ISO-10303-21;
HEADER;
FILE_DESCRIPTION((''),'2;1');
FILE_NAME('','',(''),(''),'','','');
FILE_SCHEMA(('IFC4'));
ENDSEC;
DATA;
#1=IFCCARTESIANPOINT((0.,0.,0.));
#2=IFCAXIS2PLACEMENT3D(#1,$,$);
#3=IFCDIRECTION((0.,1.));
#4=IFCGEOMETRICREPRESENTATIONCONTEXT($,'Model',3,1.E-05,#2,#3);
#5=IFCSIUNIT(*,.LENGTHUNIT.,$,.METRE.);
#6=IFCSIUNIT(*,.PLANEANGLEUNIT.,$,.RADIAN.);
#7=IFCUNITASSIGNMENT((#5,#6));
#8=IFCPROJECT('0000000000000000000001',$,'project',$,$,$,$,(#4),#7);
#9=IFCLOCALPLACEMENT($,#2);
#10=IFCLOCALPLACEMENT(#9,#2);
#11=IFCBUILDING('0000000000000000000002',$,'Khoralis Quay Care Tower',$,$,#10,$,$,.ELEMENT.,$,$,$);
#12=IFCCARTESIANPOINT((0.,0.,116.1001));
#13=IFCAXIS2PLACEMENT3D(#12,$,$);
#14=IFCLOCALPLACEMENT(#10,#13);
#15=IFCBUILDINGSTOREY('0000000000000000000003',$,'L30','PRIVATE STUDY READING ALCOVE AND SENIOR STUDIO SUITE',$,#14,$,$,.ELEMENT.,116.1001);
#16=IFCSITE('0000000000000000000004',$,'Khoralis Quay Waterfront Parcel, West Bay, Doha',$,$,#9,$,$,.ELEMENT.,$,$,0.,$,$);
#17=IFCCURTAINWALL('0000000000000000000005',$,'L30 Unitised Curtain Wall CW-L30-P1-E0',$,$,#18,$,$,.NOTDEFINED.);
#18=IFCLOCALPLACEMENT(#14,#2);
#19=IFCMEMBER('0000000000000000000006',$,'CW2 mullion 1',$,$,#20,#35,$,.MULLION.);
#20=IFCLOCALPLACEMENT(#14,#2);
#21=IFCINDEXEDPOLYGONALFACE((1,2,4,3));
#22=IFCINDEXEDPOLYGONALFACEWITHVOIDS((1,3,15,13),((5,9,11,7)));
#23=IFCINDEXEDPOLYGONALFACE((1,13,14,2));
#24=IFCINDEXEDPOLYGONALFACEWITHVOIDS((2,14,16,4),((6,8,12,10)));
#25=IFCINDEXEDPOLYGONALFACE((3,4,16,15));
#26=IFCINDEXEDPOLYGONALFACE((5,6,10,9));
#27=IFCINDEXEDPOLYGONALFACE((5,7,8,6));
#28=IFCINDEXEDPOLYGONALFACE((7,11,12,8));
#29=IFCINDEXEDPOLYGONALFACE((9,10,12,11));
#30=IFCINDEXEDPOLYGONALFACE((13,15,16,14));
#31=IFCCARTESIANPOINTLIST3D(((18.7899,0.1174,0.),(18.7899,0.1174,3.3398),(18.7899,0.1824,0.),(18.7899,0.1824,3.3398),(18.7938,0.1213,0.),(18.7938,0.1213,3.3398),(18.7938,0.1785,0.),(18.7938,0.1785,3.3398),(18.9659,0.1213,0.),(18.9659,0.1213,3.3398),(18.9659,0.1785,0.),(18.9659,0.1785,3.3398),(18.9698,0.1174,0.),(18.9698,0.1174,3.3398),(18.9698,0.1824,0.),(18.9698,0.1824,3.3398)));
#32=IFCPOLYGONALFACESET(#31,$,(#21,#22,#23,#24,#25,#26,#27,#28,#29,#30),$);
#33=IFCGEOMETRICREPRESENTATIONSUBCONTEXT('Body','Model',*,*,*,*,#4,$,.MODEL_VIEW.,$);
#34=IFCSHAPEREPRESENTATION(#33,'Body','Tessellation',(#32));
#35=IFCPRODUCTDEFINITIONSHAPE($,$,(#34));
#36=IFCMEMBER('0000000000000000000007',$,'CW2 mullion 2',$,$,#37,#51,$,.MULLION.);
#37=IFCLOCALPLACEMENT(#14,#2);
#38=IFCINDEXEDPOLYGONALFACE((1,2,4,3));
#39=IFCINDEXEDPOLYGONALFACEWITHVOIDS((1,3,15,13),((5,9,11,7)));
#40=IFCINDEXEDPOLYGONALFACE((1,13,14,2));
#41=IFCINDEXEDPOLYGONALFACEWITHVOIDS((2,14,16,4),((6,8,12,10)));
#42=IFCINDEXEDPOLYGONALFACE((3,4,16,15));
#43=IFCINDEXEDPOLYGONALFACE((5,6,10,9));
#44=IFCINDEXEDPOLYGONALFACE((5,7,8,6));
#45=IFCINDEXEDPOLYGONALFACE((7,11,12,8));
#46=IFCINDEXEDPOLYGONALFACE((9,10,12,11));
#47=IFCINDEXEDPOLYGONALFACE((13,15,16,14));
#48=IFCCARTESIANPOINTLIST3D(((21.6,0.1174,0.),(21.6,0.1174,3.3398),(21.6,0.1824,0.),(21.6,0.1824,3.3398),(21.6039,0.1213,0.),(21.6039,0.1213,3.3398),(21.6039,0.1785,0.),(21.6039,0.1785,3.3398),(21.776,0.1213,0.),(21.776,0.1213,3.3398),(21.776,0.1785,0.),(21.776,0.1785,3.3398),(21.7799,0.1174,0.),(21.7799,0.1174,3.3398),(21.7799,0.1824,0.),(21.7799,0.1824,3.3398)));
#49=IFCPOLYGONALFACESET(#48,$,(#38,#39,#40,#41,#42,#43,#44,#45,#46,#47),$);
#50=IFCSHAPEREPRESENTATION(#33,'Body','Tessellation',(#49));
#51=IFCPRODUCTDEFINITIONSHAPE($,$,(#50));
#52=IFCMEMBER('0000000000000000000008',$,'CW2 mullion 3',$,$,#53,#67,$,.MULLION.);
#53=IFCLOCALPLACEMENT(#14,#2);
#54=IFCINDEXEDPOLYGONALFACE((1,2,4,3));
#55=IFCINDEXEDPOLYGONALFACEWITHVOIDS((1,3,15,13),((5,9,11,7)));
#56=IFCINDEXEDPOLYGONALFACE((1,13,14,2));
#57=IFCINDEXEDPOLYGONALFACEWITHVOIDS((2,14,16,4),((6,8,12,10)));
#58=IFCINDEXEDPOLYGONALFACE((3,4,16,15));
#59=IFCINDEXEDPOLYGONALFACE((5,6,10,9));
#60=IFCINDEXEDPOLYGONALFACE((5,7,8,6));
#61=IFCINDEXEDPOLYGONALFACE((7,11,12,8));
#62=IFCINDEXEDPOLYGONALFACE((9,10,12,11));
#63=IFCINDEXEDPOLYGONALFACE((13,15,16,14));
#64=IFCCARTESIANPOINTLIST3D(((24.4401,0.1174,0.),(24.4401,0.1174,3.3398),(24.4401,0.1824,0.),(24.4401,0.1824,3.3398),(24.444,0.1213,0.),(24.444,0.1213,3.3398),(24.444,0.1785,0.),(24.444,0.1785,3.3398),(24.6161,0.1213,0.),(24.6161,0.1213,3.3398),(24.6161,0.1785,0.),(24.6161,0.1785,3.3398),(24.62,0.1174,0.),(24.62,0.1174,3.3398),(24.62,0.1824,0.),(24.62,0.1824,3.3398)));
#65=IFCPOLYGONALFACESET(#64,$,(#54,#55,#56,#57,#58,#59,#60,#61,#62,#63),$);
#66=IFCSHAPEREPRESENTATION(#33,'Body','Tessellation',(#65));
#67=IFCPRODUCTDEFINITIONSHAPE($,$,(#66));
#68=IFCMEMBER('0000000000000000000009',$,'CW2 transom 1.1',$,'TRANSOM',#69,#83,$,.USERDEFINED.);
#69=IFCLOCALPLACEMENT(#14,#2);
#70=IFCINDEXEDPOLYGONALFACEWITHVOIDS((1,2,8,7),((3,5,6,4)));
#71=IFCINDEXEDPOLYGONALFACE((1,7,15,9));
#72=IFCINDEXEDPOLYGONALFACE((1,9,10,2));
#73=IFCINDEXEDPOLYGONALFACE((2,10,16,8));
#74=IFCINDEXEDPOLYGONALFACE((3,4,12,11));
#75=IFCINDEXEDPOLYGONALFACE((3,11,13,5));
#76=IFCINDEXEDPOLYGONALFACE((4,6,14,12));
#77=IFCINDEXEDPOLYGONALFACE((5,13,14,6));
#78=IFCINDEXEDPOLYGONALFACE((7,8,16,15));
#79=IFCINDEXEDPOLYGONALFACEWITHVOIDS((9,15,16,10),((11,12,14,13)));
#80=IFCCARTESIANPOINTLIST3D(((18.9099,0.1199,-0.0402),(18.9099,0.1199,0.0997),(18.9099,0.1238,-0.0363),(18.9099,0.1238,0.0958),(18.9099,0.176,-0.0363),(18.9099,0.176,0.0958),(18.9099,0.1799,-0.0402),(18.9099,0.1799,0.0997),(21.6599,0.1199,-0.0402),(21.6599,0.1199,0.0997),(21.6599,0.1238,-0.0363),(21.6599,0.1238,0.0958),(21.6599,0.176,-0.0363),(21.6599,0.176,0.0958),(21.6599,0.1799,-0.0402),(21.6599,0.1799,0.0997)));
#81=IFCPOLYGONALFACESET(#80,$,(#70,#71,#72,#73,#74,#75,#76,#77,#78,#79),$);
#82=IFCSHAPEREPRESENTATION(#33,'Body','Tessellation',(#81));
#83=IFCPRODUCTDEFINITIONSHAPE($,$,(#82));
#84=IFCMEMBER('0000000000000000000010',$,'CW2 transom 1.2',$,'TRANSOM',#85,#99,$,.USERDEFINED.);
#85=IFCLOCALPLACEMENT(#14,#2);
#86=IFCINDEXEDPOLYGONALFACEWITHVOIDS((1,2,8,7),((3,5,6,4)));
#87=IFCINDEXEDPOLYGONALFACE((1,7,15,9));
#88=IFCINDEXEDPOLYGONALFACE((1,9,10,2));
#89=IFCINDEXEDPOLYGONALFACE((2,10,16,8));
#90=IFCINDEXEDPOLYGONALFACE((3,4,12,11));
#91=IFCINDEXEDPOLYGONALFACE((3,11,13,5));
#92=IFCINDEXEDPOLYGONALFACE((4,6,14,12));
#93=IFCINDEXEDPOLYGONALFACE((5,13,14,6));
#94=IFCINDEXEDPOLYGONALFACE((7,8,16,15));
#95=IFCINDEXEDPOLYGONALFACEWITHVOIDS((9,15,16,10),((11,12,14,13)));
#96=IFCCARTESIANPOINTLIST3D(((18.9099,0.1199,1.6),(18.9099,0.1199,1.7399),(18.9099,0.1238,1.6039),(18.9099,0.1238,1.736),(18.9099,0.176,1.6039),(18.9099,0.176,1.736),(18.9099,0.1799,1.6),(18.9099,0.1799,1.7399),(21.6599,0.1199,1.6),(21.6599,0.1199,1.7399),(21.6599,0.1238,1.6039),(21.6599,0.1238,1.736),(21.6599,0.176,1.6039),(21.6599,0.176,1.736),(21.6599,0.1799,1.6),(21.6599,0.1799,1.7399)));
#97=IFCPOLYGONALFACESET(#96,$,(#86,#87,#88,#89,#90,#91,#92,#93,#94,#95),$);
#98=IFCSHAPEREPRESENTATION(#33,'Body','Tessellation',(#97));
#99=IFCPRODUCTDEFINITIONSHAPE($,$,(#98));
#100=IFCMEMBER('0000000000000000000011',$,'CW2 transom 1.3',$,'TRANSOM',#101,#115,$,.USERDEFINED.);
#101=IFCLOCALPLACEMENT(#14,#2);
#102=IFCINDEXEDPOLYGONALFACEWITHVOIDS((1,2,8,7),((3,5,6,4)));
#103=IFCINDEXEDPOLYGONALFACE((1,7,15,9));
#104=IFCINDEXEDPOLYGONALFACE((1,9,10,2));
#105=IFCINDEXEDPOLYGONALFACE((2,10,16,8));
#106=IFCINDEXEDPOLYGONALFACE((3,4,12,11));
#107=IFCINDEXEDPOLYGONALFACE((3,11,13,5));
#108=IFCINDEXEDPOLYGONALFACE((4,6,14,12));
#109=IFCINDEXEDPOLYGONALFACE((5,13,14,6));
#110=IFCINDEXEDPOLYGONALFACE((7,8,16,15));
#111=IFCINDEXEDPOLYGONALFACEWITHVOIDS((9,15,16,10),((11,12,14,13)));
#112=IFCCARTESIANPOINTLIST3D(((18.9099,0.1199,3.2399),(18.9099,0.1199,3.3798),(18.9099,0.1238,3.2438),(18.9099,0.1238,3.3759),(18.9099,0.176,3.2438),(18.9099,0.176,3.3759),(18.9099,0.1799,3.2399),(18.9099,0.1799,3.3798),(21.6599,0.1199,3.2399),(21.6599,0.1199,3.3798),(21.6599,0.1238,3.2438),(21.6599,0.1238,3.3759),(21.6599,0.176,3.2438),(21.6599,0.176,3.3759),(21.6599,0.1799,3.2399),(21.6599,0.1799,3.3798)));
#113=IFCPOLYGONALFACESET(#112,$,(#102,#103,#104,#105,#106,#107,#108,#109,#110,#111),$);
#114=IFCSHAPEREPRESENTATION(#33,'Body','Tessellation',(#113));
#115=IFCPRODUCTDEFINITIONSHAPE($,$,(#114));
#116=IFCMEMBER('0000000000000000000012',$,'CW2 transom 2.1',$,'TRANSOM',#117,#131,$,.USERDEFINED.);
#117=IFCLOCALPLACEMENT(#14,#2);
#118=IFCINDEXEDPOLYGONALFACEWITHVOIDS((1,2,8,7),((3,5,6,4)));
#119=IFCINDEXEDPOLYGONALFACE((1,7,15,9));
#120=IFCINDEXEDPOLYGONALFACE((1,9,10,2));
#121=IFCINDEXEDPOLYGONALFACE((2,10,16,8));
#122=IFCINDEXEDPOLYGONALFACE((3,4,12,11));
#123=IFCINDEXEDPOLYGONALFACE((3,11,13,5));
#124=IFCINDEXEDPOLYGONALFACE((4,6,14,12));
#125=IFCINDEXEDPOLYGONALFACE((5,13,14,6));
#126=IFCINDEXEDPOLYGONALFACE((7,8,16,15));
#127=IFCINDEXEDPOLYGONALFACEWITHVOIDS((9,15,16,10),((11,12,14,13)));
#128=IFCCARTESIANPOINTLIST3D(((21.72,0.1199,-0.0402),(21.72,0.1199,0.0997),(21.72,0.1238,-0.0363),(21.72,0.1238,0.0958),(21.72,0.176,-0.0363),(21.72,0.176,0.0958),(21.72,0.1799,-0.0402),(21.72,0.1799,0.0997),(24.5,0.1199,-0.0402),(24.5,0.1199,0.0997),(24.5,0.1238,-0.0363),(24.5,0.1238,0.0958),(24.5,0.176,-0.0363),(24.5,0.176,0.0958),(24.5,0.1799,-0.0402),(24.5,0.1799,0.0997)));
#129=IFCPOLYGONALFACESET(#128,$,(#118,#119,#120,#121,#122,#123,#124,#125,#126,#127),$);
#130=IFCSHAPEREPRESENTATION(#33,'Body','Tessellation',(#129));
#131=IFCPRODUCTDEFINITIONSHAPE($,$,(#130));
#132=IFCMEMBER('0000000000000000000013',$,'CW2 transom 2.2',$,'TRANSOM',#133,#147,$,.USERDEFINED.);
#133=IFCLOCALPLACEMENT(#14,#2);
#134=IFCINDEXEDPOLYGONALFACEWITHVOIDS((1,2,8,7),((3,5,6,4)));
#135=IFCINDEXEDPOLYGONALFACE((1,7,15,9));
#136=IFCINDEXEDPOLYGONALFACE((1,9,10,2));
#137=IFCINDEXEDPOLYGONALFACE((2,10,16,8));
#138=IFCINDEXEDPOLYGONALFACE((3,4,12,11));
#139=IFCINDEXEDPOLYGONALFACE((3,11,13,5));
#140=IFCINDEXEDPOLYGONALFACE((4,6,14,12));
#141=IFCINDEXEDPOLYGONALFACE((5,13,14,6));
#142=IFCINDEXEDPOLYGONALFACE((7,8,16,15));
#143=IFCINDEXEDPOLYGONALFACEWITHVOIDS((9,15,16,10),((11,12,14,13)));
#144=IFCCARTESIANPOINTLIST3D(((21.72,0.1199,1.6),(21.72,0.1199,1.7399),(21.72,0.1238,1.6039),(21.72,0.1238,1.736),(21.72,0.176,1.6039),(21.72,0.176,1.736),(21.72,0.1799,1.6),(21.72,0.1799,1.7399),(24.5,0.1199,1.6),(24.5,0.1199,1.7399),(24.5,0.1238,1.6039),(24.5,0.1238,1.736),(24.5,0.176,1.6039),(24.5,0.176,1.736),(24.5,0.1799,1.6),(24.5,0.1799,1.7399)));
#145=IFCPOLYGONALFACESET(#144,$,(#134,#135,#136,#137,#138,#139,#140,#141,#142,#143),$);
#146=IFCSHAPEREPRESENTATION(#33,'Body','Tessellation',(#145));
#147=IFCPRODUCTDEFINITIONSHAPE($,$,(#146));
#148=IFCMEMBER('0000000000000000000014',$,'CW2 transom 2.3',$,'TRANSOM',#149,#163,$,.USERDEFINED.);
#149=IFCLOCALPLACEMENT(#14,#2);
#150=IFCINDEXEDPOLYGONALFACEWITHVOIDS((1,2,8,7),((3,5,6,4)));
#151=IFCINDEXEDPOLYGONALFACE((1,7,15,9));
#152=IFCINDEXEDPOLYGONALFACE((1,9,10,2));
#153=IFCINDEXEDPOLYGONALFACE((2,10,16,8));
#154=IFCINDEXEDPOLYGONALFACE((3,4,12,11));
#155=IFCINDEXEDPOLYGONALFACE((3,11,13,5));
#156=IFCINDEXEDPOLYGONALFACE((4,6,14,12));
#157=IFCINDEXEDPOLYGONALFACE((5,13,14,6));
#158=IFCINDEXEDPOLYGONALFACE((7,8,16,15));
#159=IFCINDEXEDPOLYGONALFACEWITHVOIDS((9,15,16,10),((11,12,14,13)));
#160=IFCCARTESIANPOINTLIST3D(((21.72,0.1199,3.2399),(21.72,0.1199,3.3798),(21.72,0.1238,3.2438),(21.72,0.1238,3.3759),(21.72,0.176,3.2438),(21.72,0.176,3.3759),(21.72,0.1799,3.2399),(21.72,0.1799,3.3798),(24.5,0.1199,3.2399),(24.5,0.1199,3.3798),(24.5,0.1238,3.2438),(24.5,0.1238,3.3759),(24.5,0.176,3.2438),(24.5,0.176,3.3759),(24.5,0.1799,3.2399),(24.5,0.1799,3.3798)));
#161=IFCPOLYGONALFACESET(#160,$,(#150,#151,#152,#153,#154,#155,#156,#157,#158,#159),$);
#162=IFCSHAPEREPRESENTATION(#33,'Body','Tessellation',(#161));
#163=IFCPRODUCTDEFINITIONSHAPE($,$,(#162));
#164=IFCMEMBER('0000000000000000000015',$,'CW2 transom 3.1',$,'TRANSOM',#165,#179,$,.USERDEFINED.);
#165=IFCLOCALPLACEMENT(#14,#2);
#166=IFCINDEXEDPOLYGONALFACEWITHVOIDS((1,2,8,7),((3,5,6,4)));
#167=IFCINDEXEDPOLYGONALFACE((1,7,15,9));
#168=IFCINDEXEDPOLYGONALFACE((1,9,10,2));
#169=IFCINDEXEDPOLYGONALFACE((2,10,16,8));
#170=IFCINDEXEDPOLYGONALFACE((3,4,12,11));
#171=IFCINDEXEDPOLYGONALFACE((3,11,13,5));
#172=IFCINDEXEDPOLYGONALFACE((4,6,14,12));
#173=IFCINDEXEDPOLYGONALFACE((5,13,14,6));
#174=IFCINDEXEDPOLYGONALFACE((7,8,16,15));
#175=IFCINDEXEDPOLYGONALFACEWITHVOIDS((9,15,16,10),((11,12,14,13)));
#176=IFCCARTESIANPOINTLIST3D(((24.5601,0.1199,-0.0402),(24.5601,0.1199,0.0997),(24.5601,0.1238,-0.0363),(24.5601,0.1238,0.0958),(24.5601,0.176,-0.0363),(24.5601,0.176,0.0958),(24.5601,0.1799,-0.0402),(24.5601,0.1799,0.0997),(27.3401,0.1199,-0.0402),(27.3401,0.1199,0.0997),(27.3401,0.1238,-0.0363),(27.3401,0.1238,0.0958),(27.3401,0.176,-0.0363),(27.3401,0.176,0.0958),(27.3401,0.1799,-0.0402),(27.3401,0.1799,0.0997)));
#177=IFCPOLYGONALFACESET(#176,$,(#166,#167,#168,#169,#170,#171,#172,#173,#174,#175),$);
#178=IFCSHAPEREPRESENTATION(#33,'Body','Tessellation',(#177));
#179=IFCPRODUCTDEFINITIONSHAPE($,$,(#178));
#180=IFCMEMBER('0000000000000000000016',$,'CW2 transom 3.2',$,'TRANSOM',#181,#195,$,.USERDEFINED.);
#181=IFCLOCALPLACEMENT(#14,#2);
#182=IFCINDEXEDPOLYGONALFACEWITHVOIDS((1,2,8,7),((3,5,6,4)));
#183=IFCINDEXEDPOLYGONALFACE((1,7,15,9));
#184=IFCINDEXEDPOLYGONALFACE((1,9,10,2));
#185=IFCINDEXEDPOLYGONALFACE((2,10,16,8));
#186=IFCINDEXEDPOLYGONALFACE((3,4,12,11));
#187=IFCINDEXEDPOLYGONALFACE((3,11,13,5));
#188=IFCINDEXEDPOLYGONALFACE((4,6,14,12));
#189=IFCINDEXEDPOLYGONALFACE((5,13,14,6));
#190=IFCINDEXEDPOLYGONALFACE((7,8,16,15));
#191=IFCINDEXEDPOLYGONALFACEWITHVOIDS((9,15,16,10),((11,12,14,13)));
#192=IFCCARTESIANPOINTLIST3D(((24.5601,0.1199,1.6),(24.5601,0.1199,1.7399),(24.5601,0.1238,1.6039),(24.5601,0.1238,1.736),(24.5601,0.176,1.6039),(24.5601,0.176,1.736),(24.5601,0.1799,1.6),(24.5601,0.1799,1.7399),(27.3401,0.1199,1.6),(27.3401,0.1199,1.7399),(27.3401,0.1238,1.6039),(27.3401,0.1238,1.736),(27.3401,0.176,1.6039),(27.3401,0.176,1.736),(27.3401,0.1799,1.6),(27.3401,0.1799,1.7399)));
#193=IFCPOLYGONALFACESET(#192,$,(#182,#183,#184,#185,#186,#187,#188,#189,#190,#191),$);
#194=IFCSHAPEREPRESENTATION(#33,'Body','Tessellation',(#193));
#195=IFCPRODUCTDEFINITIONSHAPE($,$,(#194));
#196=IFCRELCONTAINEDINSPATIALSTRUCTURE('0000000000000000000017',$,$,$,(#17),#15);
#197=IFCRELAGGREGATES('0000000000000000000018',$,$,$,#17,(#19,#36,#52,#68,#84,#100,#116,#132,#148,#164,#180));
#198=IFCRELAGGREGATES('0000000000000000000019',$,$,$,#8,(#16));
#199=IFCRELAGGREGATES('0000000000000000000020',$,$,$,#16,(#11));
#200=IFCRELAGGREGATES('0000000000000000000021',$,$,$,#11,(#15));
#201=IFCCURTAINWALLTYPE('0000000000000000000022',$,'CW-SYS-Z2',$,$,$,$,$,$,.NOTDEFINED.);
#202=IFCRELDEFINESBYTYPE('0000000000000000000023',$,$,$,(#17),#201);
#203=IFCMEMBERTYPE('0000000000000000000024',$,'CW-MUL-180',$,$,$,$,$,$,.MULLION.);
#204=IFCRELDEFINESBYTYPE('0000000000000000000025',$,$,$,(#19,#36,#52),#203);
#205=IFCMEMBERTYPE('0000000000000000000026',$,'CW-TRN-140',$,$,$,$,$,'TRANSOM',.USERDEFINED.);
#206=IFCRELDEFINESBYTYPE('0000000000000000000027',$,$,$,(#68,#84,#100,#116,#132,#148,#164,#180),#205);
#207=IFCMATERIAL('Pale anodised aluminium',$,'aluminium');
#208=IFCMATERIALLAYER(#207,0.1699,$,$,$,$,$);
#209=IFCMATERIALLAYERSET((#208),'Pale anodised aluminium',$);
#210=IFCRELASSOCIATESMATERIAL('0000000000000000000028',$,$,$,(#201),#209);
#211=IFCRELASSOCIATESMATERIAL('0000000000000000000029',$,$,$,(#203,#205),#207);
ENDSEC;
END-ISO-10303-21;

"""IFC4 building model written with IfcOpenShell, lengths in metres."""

from ifc_helpers import new_model, si_unit, direction, frame, origin, origin_2d, place, context, subcontext, project, spatial, hollow_rectangle, extrude, source, transform, mapped, material, layer, layer_set, material_profile, profile_set, type_object, element, aggregate, save


model = new_model("IFC4")

# Units and contexts
model_context = context("Model", 3, precision=1e-05, world=origin(), true_north=direction((0.0, 1.0)))
body_context = subcontext(model_context, "Body", "Model", "MODEL_VIEW")
ifc_project = project(units=[si_unit("LENGTHUNIT", "METRE"), si_unit("PLANEANGLEUNIT", "RADIAN")], contexts=[model_context])

# Site, building, storey
site_placement = place(None, origin())
site = spatial("IfcSite", under=ifc_project, at=site_placement, Name="Khoralis Quay Waterfront Parcel, West Bay, Doha", CompositionType="ELEMENT", RefElevation=0.0)
building_placement = place(site_placement, origin())
building = spatial("IfcBuilding", under=site, at=building_placement, Name="Khoralis Quay Care Tower", CompositionType="ELEMENT")
storey_placement = place(building_placement, frame((0.0, 0.0, 116.1001)))
storey = spatial("IfcBuildingStorey", under=building, at=storey_placement, Name="L30", Description="PRIVATE STUDY READING ALCOVE AND SENIOR STUDIO SUITE", CompositionType="ELEMENT", Elevation=116.1001)

# Curtain wall, members
ifc_material_1 = material(Name="Pale anodised aluminium", Category="aluminium")
ifc_layer_1 = layer(ifc_material_1, 0.1699)
ifc_layer_set_1 = layer_set([ifc_layer_1], Name="Pale anodised aluminium")
curtain_wall_type = type_object("IfcCurtainWallType", Name="CW-SYS-Z2", PredefinedType="NOTDEFINED", material=ifc_layer_set_1)
curtain_wall_placement = place(storey_placement, origin())
curtain_wall = element("IfcCurtainWall", 1, at=curtain_wall_placement, inside=storey, type_object=curtain_wall_type, Name="L30 Unitised Curtain Wall CW-L30-P1-E0", PredefinedType="NOTDEFINED")
ifc_material_profile_1 = material_profile(ifc_material_1, hollow_rectangle(XDim=0.0649, YDim=0.1799, WallThickness=0.0039, at=origin_2d()), Name="Pale anodised aluminium")
ifc_profile_set_1 = profile_set([ifc_material_profile_1], Name="Pale anodised aluminium")
member_type_1 = type_object("IfcMemberType", Name="CW-MUL-180", PredefinedType="MULLION", material=ifc_profile_set_1)
shared_shape_1 = source(origin(), body_context, "Body", "SweptSolid", [
    extrude(hollow_rectangle(XDim=0.0649, YDim=0.1799, WallThickness=0.0039, at=origin_2d()), origin(), (0.0, 0.0, 1.0), 3.3398),
])
member_1_placement = place(storey_placement, frame((18.8799, 0.1499, 0.0), z_axis=(0.0, 0.0, 1.0), x_axis=(0.0, 1.0, 0.0)))
member_1 = element("IfcMember", 2, at=member_1_placement, type_object=member_type_1, Name="CW2 mullion 1", PredefinedType="MULLION", context=body_context, shape_type="MappedRepresentation", body=[
    mapped(shared_shape_1, transform((0.0, 0.0, 0.0), scale=1.0)),
])
member_2_placement = place(storey_placement, frame((21.6899, 0.1499, 0.0), z_axis=(0.0, 0.0, 1.0), x_axis=(0.0, 1.0, 0.0)))
member_2 = element("IfcMember", 3, at=member_2_placement, type_object=member_type_1, Name="CW2 mullion 2", PredefinedType="MULLION", context=body_context, shape_type="MappedRepresentation", body=[
    mapped(shared_shape_1, transform((0.0, 0.0, 0.0), scale=1.0)),
])
member_3_placement = place(storey_placement, frame((24.53, 0.1499, 0.0), z_axis=(0.0, 0.0, 1.0), x_axis=(0.0, 1.0, 0.0)))
member_3 = element("IfcMember", 4, at=member_3_placement, type_object=member_type_1, Name="CW2 mullion 3", PredefinedType="MULLION", context=body_context, shape_type="MappedRepresentation", body=[
    mapped(shared_shape_1, transform((0.0, 0.0, 0.0), scale=1.0)),
])
ifc_material_profile_2 = material_profile(ifc_material_1, hollow_rectangle(XDim=0.0601, YDim=0.1399, WallThickness=0.0039, at=origin_2d()), Name="Pale anodised aluminium")
ifc_profile_set_2 = profile_set([ifc_material_profile_2], Name="Pale anodised aluminium")
member_type_2 = type_object("IfcMemberType", Name="CW-TRN-140", ElementType="TRANSOM", PredefinedType="USERDEFINED", material=ifc_profile_set_2)
shared_shape_2 = source(origin(), body_context, "Body", "SweptSolid", [
    extrude(hollow_rectangle(XDim=0.0601, YDim=0.1399, WallThickness=0.0039, at=origin_2d()), origin(), (0.0, 0.0, 1.0), 2.75),
])
member_4_placement = place(storey_placement, frame((18.9099, 0.1499, 0.0298), z_axis=(1.0, 0.0, 0.0), x_axis=(0.0, 1.0, 0.0)))
member_4 = element("IfcMember", 5, at=member_4_placement, type_object=member_type_2, Name="CW2 transom 1.1", ObjectType="TRANSOM", PredefinedType="USERDEFINED", context=body_context, shape_type="MappedRepresentation", body=[
    mapped(shared_shape_2, transform((0.0, 0.0, 0.0), scale=1.0)),
])
member_5_placement = place(storey_placement, frame((18.9099, 0.1499, 1.6699), z_axis=(1.0, 0.0, 0.0), x_axis=(0.0, 1.0, 0.0)))
member_5 = element("IfcMember", 6, at=member_5_placement, type_object=member_type_2, Name="CW2 transom 1.2", ObjectType="TRANSOM", PredefinedType="USERDEFINED", context=body_context, shape_type="MappedRepresentation", body=[
    mapped(shared_shape_2, transform((0.0, 0.0, 0.0), scale=1.0)),
])
member_6_placement = place(storey_placement, frame((18.9099, 0.1499, 3.3098), z_axis=(1.0, 0.0, 0.0), x_axis=(0.0, 1.0, 0.0)))
member_6 = element("IfcMember", 7, at=member_6_placement, type_object=member_type_2, Name="CW2 transom 1.3", ObjectType="TRANSOM", PredefinedType="USERDEFINED", context=body_context, shape_type="MappedRepresentation", body=[
    mapped(shared_shape_2, transform((0.0, 0.0, 0.0), scale=1.0)),
])
shared_shape_3 = source(origin(), body_context, "Body", "SweptSolid", [
    extrude(hollow_rectangle(XDim=0.0601, YDim=0.1399, WallThickness=0.0039, at=origin_2d()), origin(), (0.0, 0.0, 1.0), 2.78),
])
member_7_placement = place(storey_placement, frame((21.72, 0.1499, 0.0298), z_axis=(1.0, 0.0, 0.0), x_axis=(0.0, 1.0, 0.0)))
member_7 = element("IfcMember", 8, at=member_7_placement, type_object=member_type_2, Name="CW2 transom 2.1", ObjectType="TRANSOM", PredefinedType="USERDEFINED", context=body_context, shape_type="MappedRepresentation", body=[
    mapped(shared_shape_3, transform((0.0, 0.0, 0.0), scale=1.0)),
])
member_8_placement = place(storey_placement, frame((21.72, 0.1499, 1.6699), z_axis=(1.0, 0.0, 0.0), x_axis=(0.0, 1.0, 0.0)))
member_8 = element("IfcMember", 9, at=member_8_placement, type_object=member_type_2, Name="CW2 transom 2.2", ObjectType="TRANSOM", PredefinedType="USERDEFINED", context=body_context, shape_type="MappedRepresentation", body=[
    mapped(shared_shape_3, transform((0.0, 0.0, 0.0), scale=1.0)),
])
member_9_placement = place(storey_placement, frame((21.72, 0.1499, 3.3098), z_axis=(1.0, 0.0, 0.0), x_axis=(0.0, 1.0, 0.0)))
member_9 = element("IfcMember", 10, at=member_9_placement, type_object=member_type_2, Name="CW2 transom 2.3", ObjectType="TRANSOM", PredefinedType="USERDEFINED", context=body_context, shape_type="MappedRepresentation", body=[
    mapped(shared_shape_3, transform((0.0, 0.0, 0.0), scale=1.0)),
])
member_10_placement = place(storey_placement, frame((24.5601, 0.1499, 0.0298), z_axis=(1.0, 0.0, 0.0), x_axis=(0.0, 1.0, 0.0)))
member_10 = element("IfcMember", 11, at=member_10_placement, type_object=member_type_2, Name="CW2 transom 3.1", ObjectType="TRANSOM", PredefinedType="USERDEFINED", context=body_context, shape_type="MappedRepresentation", body=[
    mapped(shared_shape_3, transform((0.0, 0.0, 0.0), scale=1.0)),
])
member_11_placement = place(storey_placement, frame((24.5601, 0.1499, 1.6699), z_axis=(1.0, 0.0, 0.0), x_axis=(0.0, 1.0, 0.0)))
member_11 = element("IfcMember", 12, at=member_11_placement, type_object=member_type_2, Name="CW2 transom 3.2", ObjectType="TRANSOM", PredefinedType="USERDEFINED", context=body_context, shape_type="MappedRepresentation", body=[
    mapped(shared_shape_3, transform((0.0, 0.0, 0.0), scale=1.0)),
])
aggregate(curtain_wall, [member_1, member_2, member_3, member_4, member_5, member_6, member_7, member_8, member_9, member_10, member_11])

save(model, "model.ifc")
